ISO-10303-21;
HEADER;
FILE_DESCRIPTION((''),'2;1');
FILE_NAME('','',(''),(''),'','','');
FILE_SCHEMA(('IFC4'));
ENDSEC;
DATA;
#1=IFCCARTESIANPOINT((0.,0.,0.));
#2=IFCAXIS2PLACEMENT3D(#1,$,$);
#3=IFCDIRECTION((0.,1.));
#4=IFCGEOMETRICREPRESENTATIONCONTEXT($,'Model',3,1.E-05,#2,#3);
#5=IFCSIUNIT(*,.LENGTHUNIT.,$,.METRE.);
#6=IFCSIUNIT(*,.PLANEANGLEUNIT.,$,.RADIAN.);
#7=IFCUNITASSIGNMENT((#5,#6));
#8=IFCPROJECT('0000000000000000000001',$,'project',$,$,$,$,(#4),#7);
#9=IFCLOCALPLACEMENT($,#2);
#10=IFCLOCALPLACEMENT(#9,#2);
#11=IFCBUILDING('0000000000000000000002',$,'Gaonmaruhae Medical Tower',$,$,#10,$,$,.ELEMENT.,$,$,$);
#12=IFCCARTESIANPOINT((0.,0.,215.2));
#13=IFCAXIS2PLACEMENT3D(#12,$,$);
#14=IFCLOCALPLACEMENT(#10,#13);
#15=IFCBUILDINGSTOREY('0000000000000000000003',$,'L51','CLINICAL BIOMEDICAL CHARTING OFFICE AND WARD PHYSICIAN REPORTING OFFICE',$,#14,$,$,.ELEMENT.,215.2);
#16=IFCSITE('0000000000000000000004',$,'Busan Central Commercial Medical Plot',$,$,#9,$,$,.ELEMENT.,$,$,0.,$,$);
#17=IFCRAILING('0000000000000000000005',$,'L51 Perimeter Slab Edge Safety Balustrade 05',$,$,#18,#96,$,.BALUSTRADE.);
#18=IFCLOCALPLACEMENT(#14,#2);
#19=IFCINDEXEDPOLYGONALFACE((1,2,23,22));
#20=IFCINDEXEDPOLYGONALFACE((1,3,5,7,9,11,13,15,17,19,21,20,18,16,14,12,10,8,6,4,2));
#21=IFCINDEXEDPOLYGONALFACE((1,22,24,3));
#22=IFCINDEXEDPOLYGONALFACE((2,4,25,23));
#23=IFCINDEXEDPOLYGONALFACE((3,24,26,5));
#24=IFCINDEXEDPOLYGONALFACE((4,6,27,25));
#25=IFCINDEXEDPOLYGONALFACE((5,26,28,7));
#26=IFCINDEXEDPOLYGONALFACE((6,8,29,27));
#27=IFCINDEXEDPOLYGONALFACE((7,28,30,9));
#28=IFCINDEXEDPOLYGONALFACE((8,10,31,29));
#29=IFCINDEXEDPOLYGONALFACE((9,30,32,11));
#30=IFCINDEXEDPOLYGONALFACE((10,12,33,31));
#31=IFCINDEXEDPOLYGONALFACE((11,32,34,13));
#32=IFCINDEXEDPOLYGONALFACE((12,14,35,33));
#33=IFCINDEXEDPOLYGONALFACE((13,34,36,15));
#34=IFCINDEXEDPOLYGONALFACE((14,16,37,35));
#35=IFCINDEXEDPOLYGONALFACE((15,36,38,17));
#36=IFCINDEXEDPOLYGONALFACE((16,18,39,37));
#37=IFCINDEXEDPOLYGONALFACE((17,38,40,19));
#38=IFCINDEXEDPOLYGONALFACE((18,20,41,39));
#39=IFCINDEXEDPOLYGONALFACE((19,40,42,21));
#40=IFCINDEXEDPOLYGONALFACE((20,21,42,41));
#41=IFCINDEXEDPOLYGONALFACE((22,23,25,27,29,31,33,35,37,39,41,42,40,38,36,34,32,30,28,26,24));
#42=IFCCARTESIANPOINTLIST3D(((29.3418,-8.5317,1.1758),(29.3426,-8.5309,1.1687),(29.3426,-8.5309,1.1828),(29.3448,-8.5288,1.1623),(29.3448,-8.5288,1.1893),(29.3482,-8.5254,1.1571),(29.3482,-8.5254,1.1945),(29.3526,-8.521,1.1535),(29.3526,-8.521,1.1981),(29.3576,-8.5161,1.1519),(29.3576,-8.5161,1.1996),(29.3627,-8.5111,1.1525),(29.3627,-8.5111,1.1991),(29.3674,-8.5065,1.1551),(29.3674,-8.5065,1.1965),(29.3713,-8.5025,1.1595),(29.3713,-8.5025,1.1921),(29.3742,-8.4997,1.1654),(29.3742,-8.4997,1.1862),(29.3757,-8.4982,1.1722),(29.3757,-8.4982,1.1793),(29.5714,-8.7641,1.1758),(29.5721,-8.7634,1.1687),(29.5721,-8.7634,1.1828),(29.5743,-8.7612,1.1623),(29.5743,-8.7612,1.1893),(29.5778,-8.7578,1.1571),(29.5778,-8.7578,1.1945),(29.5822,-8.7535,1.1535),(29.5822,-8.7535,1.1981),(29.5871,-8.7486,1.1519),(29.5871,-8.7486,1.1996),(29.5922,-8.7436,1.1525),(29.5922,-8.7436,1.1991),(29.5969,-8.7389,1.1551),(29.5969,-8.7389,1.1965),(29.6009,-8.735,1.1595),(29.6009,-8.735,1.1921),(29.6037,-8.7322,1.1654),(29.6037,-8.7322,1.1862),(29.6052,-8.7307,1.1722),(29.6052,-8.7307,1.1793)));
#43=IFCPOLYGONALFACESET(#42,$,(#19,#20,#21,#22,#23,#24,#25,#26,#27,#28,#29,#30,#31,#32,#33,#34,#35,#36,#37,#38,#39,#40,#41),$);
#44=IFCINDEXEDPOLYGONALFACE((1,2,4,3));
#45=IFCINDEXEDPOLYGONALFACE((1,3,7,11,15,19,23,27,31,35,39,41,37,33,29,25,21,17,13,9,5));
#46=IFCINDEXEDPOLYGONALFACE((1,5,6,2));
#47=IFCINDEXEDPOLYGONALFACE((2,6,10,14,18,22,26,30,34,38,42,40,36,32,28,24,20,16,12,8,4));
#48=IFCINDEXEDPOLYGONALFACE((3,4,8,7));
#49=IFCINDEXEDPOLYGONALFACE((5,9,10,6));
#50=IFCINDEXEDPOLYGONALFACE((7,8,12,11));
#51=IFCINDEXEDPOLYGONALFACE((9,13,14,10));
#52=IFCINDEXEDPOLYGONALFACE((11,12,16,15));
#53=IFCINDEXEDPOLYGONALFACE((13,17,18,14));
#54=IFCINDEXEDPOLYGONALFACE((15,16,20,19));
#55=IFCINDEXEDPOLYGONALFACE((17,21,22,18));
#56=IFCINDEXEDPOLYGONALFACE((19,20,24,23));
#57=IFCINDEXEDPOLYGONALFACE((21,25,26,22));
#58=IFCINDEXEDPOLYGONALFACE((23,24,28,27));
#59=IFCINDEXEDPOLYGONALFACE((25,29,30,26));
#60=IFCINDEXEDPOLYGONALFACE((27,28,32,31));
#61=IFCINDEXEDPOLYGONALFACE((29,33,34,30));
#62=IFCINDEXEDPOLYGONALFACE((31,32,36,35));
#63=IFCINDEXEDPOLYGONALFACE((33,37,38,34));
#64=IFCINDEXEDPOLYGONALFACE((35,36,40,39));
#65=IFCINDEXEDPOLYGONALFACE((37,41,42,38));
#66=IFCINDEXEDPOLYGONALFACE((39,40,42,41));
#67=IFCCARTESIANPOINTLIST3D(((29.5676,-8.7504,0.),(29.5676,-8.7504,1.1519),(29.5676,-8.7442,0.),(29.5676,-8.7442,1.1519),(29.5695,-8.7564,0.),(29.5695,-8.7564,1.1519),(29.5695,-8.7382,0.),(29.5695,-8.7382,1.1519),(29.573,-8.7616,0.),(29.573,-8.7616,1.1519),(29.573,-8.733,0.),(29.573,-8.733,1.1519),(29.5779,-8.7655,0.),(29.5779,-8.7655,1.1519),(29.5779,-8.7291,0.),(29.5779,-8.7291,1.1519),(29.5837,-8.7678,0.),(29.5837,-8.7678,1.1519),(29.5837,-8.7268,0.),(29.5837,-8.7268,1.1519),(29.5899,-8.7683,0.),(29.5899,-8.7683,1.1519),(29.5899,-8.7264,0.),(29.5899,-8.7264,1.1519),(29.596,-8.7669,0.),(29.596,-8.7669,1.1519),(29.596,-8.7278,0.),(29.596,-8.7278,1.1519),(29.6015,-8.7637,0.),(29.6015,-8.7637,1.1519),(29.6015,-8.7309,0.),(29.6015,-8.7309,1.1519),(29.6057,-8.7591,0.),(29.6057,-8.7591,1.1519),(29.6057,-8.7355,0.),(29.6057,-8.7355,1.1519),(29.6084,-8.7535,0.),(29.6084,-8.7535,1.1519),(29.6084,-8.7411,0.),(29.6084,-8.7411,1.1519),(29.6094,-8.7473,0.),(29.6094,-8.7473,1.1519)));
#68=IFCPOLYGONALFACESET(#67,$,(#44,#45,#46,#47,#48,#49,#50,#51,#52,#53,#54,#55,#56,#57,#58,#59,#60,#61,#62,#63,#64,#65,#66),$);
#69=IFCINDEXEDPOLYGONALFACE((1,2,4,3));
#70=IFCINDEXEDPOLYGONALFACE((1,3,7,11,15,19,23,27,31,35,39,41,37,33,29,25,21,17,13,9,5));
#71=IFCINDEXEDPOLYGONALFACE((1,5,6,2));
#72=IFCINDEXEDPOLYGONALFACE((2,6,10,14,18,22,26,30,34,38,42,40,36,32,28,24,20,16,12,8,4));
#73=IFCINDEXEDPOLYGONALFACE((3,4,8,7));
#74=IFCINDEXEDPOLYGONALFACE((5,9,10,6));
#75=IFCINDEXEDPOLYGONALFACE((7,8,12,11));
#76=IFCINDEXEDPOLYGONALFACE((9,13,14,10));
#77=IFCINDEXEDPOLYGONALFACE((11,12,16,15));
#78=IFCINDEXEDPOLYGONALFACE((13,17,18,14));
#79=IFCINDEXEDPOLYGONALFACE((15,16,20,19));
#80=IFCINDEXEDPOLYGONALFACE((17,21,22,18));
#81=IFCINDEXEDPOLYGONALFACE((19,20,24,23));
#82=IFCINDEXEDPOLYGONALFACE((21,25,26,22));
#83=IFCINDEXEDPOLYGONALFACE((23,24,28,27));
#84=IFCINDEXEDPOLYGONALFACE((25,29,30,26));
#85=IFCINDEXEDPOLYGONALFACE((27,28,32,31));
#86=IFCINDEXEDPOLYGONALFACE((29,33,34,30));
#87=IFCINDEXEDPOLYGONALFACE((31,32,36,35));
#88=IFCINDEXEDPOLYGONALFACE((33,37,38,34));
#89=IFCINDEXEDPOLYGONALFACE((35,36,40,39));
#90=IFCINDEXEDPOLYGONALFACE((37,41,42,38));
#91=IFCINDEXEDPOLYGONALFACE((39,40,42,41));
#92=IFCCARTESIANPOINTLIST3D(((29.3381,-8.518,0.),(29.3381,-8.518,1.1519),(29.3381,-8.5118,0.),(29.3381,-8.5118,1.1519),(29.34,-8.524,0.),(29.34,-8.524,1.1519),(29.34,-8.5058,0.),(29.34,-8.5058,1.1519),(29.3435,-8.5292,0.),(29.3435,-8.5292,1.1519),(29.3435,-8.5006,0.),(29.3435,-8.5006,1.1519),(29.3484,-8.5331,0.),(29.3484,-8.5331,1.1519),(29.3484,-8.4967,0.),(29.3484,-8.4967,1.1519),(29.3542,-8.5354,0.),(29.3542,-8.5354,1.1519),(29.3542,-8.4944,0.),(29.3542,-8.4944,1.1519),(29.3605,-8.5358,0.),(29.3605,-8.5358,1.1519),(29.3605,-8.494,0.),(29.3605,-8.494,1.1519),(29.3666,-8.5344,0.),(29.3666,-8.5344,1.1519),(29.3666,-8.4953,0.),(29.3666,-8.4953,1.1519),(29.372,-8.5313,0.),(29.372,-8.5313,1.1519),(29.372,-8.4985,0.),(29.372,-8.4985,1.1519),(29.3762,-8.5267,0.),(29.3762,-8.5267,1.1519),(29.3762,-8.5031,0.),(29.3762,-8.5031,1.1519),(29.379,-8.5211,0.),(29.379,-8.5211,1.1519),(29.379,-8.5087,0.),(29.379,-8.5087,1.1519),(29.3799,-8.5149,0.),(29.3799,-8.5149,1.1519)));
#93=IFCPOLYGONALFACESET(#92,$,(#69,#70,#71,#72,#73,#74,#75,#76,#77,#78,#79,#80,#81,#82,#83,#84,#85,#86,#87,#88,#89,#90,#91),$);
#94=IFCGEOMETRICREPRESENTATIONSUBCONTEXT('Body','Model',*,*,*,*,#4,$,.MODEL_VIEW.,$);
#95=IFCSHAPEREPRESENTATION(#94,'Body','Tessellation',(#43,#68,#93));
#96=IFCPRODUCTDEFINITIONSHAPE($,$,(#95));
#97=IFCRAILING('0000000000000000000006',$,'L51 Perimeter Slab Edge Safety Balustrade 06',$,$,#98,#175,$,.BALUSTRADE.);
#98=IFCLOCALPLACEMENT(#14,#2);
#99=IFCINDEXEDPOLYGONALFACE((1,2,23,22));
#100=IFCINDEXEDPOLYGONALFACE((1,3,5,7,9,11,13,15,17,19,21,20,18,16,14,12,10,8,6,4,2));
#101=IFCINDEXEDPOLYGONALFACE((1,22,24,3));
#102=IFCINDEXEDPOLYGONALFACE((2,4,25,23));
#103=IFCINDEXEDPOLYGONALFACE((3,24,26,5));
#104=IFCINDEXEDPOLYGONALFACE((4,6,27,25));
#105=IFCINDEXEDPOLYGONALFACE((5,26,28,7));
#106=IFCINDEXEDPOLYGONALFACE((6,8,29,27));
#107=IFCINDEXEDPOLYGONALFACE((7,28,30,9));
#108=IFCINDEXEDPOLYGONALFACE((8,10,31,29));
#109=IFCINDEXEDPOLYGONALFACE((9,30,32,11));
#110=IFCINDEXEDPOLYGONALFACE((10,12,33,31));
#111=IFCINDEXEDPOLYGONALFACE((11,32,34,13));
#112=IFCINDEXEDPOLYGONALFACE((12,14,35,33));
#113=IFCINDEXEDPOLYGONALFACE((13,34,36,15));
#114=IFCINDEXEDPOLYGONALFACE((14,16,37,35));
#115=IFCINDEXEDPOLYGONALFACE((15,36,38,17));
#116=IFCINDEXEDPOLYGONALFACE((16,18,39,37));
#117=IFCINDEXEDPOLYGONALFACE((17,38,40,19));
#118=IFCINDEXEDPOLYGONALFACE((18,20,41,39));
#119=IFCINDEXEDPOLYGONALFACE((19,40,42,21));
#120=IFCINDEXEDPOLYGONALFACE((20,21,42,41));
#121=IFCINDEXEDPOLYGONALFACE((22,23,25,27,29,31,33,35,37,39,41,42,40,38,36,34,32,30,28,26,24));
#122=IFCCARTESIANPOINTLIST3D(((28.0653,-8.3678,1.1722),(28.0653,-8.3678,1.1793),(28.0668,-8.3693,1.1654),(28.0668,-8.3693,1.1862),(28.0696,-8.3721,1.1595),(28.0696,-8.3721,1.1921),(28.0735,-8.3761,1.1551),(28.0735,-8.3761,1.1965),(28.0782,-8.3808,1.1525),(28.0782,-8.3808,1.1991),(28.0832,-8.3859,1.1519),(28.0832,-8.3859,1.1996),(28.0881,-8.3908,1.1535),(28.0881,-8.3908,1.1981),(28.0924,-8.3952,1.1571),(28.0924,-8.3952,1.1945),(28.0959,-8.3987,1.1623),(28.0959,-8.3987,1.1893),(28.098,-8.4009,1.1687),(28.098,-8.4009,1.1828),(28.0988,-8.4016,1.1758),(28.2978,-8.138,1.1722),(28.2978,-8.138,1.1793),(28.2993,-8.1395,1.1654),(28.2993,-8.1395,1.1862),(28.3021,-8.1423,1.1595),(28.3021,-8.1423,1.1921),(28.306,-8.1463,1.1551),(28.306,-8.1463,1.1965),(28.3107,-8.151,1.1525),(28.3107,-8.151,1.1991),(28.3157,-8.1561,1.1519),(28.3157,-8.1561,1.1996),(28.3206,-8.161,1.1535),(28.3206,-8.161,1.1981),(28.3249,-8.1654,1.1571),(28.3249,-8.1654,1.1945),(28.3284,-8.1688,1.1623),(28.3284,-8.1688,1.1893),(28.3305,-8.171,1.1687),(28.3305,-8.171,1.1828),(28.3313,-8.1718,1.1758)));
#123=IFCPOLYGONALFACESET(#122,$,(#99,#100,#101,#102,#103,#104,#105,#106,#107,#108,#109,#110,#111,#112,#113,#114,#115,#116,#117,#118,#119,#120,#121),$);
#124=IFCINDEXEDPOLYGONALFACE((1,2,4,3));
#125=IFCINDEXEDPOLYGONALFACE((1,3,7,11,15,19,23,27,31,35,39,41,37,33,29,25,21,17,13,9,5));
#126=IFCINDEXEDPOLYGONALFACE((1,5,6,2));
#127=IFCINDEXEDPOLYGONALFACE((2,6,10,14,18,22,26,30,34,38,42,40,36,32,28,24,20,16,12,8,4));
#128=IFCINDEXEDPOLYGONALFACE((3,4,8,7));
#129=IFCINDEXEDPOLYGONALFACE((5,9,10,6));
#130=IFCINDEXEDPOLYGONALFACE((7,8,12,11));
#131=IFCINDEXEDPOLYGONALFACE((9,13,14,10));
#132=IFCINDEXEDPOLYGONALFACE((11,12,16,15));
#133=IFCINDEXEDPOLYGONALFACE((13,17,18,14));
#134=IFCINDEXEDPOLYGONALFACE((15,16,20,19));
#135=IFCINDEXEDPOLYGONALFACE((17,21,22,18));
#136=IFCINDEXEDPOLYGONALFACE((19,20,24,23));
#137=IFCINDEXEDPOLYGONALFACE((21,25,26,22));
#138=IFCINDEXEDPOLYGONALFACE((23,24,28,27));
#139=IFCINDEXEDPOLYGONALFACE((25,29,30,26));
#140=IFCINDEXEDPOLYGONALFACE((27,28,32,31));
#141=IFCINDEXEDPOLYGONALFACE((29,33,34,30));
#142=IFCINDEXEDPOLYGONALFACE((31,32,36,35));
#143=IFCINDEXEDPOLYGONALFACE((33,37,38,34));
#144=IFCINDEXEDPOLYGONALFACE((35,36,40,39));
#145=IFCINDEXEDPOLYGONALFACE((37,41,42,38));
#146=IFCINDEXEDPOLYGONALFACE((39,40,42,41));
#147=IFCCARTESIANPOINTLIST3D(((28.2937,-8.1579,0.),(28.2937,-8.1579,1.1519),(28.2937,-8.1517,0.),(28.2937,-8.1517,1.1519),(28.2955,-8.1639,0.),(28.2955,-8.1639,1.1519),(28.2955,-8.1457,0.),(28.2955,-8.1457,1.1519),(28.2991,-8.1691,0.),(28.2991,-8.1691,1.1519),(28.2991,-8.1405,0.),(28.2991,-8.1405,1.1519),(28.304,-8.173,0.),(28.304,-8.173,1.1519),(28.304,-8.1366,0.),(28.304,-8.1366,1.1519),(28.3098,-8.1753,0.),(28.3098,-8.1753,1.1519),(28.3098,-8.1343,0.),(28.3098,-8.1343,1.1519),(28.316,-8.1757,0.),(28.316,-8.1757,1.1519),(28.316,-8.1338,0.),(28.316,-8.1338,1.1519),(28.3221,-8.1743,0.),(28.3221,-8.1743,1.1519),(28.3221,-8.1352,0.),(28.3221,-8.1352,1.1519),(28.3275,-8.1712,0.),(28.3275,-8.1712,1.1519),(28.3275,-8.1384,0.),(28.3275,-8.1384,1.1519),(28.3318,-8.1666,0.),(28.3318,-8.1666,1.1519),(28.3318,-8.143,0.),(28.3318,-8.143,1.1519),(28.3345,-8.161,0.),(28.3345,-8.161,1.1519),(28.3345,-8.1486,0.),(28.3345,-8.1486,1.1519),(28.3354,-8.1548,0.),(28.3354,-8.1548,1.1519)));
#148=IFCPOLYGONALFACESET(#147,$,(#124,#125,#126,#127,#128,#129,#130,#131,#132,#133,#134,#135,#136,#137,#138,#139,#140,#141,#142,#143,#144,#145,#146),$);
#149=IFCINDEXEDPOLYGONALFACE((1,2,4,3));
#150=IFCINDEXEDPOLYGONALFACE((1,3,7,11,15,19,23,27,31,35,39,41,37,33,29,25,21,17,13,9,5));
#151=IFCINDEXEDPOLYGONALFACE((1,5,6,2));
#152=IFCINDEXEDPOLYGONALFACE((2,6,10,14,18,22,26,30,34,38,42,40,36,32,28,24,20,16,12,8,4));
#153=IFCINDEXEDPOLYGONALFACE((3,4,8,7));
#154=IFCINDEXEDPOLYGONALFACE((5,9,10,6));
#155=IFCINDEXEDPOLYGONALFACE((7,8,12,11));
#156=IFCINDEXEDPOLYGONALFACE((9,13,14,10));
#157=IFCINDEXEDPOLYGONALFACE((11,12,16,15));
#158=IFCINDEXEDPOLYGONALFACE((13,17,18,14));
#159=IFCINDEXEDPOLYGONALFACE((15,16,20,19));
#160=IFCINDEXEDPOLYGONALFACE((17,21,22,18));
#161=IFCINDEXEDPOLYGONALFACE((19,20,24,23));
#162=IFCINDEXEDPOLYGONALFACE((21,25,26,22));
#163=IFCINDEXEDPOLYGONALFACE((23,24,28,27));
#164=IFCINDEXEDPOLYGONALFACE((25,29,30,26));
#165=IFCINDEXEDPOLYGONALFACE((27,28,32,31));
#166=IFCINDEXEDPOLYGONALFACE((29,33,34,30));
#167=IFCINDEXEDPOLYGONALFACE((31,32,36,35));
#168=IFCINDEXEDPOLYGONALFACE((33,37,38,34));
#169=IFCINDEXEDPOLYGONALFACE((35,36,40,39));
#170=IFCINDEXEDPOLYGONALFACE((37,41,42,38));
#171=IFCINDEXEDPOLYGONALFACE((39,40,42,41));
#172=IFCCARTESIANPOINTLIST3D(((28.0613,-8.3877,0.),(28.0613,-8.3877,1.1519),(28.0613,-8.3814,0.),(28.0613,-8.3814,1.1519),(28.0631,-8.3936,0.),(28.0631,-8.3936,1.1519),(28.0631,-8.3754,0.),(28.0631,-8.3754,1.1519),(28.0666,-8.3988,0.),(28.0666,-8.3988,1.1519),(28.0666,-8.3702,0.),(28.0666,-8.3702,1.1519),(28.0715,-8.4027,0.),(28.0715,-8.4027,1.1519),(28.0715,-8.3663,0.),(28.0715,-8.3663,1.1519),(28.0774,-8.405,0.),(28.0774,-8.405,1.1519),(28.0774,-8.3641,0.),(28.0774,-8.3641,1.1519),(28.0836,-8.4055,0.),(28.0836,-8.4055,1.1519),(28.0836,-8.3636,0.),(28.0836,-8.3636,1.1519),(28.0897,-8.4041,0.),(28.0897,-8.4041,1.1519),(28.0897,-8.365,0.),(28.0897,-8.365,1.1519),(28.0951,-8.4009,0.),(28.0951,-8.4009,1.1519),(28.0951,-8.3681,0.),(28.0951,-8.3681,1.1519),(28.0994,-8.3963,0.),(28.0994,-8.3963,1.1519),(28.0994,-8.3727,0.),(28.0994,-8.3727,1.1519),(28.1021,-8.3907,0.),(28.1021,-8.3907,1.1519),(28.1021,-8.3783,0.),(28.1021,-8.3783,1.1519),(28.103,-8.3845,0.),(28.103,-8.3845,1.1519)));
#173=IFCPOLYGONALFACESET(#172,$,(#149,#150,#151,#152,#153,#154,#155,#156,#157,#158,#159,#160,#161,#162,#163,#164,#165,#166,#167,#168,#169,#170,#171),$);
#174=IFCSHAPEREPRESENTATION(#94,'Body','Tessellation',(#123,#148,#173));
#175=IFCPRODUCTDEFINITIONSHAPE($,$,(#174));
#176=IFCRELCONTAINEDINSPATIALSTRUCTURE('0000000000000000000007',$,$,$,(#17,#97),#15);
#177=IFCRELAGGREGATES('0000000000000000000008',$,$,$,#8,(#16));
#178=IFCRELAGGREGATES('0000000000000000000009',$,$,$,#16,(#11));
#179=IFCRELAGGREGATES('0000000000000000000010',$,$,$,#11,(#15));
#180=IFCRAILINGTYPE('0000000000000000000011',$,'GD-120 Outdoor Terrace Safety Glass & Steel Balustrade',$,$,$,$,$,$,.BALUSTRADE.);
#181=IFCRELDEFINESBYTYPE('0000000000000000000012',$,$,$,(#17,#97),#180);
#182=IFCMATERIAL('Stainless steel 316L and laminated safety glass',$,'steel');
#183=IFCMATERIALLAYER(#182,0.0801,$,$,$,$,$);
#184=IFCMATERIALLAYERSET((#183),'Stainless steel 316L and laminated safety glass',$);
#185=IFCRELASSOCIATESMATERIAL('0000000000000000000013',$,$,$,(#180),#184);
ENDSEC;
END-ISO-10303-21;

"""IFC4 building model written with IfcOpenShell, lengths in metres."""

from ifc_helpers import new_model, si_unit, direction, frame, origin, origin_2d, place, context, subcontext, project, spatial, circle, extrude, material, layer, layer_set, type_object, element, save


model = new_model("IFC4")

# Units and contexts
model_context = context("Model", 3, precision=1e-05, world=origin(), true_north=direction((0.0, 1.0)))
body_context = subcontext(model_context, "Body", "Model", "MODEL_VIEW")
ifc_project = project(units=[si_unit("LENGTHUNIT", "METRE"), si_unit("PLANEANGLEUNIT", "RADIAN")], contexts=[model_context])

# Site, building, storey
site_placement = place(None, origin())
site = spatial("IfcSite", under=ifc_project, at=site_placement, Name="Busan Central Commercial Medical Plot", CompositionType="ELEMENT", RefElevation=0.0)
building_placement = place(site_placement, origin())
building = spatial("IfcBuilding", under=site, at=building_placement, Name="Gaonmaruhae Medical Tower", CompositionType="ELEMENT")
storey_placement = place(building_placement, frame((0.0, 0.0, 215.2)))
storey = spatial("IfcBuildingStorey", under=building, at=storey_placement, Name="L51", Description="CLINICAL BIOMEDICAL CHARTING OFFICE AND WARD PHYSICIAN REPORTING OFFICE", CompositionType="ELEMENT", Elevation=215.2)

# Railings
ifc_material_1 = material(Name="Stainless steel 316L and laminated safety glass", Category="steel")
ifc_layer_1 = layer(ifc_material_1, 0.0801)
ifc_layer_set_1 = layer_set([ifc_layer_1], Name="Stainless steel 316L and laminated safety glass")
railing_type = type_object("IfcRailingType", Name="GD-120 Outdoor Terrace Safety Glass & Steel Balustrade", PredefinedType="BALUSTRADE", material=ifc_layer_set_1)
railing_1_placement = place(storey_placement, frame((29.5884, -8.7473, 0.0)))
element("IfcRailing", 1, at=railing_1_placement, inside=storey, type_object=railing_type, Name="L51 Perimeter Slab Edge Safety Balustrade 05", PredefinedType="BALUSTRADE", context=body_context, shape_type="SweptSolid", body=[
    extrude(circle(Radius=0.0239, at=origin_2d()), frame((0.0, 0.0, 1.1758), z_axis=(-0.702608, 0.711577, 0.0), x_axis=(-0.711577, -0.702608, 0.0)), (0.0, 0.0, 1.0), 0.3267),
    extrude(circle(Radius=0.021, at=origin_2d()), origin(), (0.0, 0.0, 1.0), 1.1519),
    extrude(circle(Radius=0.021, at=origin_2d()), frame((-0.2295, 0.2324, 0.0)), (0.0, 0.0, 1.0), 1.1519),
])
railing_2_placement = place(storey_placement, frame((28.3145, -8.1548, 0.0)))
element("IfcRailing", 2, at=railing_2_placement, inside=storey, type_object=railing_type, Name="L51 Perimeter Slab Edge Safety Balustrade 06", PredefinedType="BALUSTRADE", context=body_context, shape_type="SweptSolid", body=[
    extrude(circle(Radius=0.0239, at=origin_2d()), frame((0.0, 0.0, 1.1758), z_axis=(-0.711204, -0.702986, 0.0), x_axis=(0.702986, -0.711204, 0.0)), (0.0, 0.0, 1.0), 0.3269),
    extrude(circle(Radius=0.021, at=origin_2d()), origin(), (0.0, 0.0, 1.0), 1.1519),
    extrude(circle(Radius=0.021, at=origin_2d()), frame((-0.2324, -0.2297, 0.0)), (0.0, 0.0, 1.0), 1.1519),
])

save(model, "model.ifc")
